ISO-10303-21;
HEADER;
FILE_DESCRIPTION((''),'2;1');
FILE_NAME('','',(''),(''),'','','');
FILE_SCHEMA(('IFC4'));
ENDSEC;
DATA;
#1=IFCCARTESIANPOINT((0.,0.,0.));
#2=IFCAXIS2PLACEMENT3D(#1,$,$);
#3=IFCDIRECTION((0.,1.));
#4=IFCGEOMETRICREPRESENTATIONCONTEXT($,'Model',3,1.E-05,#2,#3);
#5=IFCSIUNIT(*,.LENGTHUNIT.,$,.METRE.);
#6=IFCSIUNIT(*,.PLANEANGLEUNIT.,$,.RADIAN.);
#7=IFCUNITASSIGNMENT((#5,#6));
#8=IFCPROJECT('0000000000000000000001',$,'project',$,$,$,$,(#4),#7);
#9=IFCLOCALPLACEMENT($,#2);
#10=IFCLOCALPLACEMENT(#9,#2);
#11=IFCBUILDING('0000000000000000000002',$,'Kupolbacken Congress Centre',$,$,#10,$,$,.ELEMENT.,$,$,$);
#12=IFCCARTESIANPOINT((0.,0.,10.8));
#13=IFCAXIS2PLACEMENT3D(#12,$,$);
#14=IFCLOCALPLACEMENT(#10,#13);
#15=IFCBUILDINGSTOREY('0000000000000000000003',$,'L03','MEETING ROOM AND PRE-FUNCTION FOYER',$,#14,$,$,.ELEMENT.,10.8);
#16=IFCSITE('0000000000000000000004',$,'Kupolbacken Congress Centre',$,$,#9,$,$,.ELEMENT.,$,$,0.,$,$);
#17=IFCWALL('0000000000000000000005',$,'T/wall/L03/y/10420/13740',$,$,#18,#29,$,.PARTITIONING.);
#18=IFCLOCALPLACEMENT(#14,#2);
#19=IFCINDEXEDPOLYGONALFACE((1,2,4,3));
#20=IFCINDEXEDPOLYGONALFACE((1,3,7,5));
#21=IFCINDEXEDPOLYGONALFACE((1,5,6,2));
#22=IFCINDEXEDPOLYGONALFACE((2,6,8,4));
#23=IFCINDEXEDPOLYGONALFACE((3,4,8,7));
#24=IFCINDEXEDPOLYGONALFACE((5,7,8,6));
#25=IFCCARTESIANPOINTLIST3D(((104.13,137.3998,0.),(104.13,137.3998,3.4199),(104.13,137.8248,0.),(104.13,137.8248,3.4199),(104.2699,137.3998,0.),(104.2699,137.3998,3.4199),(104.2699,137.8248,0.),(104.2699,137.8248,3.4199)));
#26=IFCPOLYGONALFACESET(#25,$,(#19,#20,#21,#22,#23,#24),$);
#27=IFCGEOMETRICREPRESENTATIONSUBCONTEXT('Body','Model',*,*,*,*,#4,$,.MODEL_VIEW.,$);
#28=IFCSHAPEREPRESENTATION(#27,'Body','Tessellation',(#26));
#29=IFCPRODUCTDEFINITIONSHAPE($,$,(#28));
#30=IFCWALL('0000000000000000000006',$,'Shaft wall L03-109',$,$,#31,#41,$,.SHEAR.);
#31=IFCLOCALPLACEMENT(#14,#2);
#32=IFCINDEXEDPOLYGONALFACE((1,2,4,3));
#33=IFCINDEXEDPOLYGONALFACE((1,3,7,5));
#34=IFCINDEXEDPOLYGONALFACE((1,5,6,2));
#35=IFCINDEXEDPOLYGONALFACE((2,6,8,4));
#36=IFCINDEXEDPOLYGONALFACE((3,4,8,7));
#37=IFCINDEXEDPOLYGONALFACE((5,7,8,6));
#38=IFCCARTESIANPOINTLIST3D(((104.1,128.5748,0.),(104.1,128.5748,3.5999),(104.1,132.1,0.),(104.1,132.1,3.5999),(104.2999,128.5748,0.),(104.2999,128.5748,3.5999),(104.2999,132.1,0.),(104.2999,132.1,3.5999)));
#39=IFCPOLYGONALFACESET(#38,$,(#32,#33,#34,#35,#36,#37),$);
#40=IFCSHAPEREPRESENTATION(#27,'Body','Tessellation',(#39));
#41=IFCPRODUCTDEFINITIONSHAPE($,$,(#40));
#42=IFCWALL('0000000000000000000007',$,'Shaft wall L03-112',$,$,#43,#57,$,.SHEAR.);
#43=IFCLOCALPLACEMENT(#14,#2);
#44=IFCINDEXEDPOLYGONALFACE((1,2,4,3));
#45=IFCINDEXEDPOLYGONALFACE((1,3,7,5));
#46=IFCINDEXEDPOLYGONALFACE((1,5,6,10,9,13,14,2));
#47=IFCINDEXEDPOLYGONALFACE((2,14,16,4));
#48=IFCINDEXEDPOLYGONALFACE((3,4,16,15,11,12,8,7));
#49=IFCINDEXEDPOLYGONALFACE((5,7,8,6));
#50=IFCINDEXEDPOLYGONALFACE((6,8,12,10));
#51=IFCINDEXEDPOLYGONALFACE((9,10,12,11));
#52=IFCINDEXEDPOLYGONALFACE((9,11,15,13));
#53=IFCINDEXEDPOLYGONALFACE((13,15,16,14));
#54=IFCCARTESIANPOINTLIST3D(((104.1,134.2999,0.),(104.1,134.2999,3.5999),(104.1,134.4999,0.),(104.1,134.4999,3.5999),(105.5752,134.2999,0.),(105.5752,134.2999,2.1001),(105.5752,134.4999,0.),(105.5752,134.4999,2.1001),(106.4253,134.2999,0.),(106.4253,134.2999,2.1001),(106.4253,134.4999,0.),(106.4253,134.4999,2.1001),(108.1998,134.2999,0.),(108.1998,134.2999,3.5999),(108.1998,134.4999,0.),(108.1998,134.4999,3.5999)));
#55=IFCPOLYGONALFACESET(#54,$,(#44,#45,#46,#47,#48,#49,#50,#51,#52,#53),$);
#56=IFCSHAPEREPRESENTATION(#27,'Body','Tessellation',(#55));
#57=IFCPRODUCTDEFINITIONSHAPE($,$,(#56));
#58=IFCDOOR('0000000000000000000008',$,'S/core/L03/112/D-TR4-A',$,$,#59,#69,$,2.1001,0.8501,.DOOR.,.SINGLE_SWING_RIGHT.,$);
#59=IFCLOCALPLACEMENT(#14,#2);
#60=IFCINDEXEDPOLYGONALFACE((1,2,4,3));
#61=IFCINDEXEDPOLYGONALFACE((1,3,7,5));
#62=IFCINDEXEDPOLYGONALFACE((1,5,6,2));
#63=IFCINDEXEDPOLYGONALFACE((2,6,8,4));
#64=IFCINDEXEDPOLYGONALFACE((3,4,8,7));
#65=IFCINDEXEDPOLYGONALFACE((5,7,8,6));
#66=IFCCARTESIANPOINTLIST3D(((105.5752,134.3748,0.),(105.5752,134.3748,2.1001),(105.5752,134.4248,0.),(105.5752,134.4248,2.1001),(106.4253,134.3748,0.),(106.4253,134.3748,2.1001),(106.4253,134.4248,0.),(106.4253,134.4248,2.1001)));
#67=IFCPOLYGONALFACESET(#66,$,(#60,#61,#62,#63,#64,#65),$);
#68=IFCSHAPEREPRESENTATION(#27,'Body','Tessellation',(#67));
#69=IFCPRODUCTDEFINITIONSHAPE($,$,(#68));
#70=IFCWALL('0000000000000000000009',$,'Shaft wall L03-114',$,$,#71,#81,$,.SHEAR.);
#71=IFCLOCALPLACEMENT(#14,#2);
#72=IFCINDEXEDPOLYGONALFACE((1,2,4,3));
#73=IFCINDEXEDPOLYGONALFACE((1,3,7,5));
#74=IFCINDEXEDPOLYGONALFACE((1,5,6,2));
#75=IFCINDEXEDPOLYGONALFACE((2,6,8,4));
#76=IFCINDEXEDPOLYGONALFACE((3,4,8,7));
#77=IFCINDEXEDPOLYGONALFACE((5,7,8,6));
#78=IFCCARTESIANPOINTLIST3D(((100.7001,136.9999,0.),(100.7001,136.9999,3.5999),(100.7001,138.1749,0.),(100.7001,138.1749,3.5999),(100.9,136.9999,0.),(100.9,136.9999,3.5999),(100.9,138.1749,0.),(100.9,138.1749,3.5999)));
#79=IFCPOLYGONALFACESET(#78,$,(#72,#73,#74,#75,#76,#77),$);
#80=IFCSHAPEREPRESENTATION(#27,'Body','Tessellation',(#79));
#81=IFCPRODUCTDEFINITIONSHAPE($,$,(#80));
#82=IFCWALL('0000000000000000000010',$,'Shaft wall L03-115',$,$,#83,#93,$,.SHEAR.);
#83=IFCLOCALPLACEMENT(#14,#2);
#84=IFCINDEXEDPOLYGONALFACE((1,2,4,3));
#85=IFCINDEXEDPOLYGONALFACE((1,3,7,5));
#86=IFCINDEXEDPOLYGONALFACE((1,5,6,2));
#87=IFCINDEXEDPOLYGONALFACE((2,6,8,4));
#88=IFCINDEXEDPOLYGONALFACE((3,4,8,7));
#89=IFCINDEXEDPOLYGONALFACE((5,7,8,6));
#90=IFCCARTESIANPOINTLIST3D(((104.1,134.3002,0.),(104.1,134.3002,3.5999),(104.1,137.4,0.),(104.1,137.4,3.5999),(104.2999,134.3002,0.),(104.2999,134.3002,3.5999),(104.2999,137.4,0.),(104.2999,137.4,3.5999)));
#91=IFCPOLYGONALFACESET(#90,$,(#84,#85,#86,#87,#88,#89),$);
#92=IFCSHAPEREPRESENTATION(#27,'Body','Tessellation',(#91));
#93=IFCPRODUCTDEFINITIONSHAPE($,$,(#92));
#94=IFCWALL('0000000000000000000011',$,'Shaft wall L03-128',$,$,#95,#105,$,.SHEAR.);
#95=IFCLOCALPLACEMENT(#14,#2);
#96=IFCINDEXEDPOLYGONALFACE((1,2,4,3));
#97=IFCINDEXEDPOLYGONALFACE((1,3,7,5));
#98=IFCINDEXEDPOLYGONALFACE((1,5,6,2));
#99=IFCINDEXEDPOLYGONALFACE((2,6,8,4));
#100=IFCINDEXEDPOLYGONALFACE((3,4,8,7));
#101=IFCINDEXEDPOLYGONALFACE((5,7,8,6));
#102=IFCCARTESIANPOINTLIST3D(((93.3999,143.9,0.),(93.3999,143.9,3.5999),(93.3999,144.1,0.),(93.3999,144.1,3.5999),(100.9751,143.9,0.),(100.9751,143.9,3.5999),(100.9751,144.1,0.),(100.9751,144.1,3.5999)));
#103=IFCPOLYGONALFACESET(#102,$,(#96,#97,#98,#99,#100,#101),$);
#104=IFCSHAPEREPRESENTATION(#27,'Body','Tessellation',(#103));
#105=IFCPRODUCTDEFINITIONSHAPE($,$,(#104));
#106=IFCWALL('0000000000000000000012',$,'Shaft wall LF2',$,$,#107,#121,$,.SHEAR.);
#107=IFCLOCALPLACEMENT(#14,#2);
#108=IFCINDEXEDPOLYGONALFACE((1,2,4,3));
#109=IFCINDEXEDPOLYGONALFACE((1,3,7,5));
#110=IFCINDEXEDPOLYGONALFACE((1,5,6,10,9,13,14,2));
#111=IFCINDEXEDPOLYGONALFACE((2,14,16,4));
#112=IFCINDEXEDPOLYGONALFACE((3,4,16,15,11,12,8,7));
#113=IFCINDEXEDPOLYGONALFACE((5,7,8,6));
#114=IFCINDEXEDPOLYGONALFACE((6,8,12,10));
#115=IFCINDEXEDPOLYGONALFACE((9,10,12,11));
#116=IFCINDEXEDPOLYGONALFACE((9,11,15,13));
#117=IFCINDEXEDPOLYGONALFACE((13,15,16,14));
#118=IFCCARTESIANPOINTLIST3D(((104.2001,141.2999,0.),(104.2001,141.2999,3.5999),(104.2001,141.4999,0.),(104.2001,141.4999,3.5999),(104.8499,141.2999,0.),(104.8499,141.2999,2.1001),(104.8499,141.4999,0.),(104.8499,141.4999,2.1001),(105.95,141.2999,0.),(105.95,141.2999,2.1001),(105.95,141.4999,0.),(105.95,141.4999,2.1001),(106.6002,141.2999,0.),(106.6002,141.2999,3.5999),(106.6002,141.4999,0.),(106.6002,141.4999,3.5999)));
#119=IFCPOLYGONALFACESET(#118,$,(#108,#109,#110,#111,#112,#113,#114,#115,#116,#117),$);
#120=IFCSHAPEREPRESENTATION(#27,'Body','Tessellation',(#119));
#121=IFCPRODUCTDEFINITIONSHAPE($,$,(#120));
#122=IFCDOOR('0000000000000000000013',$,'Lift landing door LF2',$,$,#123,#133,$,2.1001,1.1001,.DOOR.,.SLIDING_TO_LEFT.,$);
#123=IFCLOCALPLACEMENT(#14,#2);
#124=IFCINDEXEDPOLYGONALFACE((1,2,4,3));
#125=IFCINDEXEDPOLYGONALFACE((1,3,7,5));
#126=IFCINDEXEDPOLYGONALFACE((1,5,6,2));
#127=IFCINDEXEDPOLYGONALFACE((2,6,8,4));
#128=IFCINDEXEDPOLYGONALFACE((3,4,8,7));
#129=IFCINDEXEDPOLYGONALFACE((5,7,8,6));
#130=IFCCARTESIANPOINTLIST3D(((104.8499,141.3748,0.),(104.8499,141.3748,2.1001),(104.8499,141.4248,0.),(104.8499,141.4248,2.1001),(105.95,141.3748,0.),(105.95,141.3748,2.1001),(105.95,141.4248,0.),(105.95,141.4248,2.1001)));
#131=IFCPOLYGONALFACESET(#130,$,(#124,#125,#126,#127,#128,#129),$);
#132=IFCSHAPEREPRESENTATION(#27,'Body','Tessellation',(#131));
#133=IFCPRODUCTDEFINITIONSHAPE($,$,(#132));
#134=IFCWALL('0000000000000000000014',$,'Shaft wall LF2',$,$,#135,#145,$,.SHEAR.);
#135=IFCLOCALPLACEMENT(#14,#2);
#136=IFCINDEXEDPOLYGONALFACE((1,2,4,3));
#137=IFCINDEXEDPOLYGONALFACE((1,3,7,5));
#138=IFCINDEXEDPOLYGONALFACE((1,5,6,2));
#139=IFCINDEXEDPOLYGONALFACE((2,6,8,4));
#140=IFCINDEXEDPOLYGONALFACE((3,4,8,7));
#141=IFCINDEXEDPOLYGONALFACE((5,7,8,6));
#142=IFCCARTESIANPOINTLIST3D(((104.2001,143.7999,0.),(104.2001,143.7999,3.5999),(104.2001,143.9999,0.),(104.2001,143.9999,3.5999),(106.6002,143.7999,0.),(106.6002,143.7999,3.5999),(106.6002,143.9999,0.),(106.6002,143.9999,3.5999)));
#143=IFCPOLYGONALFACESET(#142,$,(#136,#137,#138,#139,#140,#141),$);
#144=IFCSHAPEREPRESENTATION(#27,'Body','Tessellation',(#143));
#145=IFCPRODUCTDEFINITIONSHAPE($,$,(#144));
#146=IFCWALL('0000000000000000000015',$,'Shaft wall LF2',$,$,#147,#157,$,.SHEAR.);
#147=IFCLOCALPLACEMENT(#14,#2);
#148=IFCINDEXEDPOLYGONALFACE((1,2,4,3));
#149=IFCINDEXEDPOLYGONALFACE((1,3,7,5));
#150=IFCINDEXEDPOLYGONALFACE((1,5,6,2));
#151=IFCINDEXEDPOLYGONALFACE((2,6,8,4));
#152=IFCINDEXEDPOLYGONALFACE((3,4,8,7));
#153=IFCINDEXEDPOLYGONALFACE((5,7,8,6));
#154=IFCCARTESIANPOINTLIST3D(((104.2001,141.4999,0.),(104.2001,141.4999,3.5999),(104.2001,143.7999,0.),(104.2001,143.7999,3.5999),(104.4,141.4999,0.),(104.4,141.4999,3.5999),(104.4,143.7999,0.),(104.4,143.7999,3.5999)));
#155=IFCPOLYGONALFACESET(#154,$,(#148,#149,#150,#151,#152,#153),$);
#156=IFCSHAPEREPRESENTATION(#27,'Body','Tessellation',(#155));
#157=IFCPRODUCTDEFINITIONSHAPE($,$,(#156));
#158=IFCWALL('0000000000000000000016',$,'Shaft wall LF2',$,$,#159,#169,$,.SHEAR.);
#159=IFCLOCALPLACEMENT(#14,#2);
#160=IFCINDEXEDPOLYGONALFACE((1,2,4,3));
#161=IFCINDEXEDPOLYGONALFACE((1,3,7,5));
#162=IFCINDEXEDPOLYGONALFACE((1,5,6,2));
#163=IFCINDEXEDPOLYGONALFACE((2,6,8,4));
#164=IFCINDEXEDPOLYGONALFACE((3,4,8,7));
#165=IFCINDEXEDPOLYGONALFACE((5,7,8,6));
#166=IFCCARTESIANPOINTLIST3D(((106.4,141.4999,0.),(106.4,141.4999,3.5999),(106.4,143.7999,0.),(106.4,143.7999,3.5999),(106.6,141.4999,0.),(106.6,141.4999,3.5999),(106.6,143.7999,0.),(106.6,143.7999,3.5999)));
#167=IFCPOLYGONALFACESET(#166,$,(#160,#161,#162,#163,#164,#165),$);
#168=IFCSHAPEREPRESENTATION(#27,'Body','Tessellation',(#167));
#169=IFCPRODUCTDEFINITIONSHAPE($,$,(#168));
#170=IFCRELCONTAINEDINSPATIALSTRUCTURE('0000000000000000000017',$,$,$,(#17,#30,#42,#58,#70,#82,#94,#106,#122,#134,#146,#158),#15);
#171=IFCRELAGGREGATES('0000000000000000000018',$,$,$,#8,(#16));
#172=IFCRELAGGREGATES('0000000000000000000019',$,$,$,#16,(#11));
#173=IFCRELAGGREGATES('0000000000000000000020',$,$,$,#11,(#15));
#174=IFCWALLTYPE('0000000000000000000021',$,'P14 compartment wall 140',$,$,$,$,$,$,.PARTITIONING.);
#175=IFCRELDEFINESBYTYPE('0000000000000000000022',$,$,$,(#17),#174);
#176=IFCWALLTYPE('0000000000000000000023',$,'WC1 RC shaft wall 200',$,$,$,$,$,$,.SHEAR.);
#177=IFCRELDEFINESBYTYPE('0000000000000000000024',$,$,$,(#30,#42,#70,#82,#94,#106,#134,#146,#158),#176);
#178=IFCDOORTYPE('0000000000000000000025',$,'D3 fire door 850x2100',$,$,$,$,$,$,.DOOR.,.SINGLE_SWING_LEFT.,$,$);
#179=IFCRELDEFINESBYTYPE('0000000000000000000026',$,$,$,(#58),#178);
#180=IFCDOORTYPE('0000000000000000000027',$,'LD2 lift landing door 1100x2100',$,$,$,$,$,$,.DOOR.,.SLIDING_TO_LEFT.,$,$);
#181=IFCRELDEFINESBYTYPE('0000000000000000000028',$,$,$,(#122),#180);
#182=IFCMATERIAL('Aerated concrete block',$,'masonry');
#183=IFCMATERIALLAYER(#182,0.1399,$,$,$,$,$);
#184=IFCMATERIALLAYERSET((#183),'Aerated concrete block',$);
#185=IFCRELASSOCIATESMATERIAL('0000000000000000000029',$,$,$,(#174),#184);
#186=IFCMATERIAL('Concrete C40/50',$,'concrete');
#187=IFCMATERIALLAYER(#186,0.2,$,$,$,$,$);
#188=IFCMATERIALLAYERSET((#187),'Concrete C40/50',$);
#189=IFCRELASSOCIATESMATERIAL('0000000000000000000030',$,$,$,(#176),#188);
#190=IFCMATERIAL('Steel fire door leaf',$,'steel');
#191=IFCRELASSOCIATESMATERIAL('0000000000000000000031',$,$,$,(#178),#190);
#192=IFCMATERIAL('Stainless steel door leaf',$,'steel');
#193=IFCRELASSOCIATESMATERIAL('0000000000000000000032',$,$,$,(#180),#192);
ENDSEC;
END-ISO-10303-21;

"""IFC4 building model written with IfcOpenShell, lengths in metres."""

from ifc_helpers import new_model, si_unit, direction, frame, frame_2d, origin, place, context, subcontext, project, spatial, rectangle, extrude, material, layer, layer_set, type_object, element, fill, save


model = new_model("IFC4")

# Units and contexts
model_context = context("Model", 3, precision=1e-05, world=origin(), true_north=direction((0.0, 1.0)))
body_context = subcontext(model_context, "Body", "Model", "MODEL_VIEW")
ifc_project = project(units=[si_unit("LENGTHUNIT", "METRE"), si_unit("PLANEANGLEUNIT", "RADIAN")], contexts=[model_context])

# Site, building, storey
site_placement = place(None, origin())
site = spatial("IfcSite", under=ifc_project, at=site_placement, Name="Kupolbacken Congress Centre", CompositionType="ELEMENT", RefElevation=0.0)
building_placement = place(site_placement, origin())
building = spatial("IfcBuilding", under=site, at=building_placement, Name="Kupolbacken Congress Centre", CompositionType="ELEMENT")
storey_placement = place(building_placement, frame((0.0, 0.0, 10.8)))
storey = spatial("IfcBuildingStorey", under=building, at=storey_placement, Name="L03", Description="MEETING ROOM AND PRE-FUNCTION FOYER", CompositionType="ELEMENT", Elevation=10.8)

# Walls
ifc_material_1 = material(Name="Aerated concrete block", Category="masonry")
ifc_layer_1 = layer(ifc_material_1, 0.1399)
ifc_layer_set_1 = layer_set([ifc_layer_1], Name="Aerated concrete block")
wall_type_1 = type_object("IfcWallType", Name="P14 compartment wall 140", PredefinedType="PARTITIONING", material=ifc_layer_set_1)
wall_1_placement = place(storey_placement, frame((104.2, 137.3999, 0.0), z_axis=(0.0, 0.0, 1.0), x_axis=(0.0, 1.0, 0.0)))
element("IfcWall", 1, at=wall_1_placement, inside=storey, type_object=wall_type_1, Name="T/wall/L03/y/10420/13740", PredefinedType="PARTITIONING", context=body_context, shape_type="SweptSolid", body=[
    extrude(rectangle(XDim=0.425, YDim=0.1399, at=frame_2d((0.2124, 0.0))), origin(), (0.0, 0.0, 1.0), 3.4199),
])
ifc_material_2 = material(Name="Concrete C40/50", Category="concrete")
ifc_layer_2 = layer(ifc_material_2, 0.2)
ifc_layer_set_2 = layer_set([ifc_layer_2], Name="Concrete C40/50")
wall_type_2 = type_object("IfcWallType", Name="WC1 RC shaft wall 200", PredefinedType="SHEAR", material=ifc_layer_set_2)
wall_2_placement = place(storey_placement, frame((104.2, 132.1001, 0.0), z_axis=(0.0, 0.0, 1.0), x_axis=(0.0, -1.0, 0.0)))
element("IfcWall", 2, at=wall_2_placement, inside=storey, type_object=wall_type_2, Name="Shaft wall L03-109", PredefinedType="SHEAR", context=body_context, shape_type="SweptSolid", body=[
    extrude(rectangle(XDim=3.5251, YDim=0.2, at=frame_2d((1.7627, 0.0))), origin(), (0.0, 0.0, 1.0), 3.5999),
])

# Wall, opening, door
wall_3_placement = place(storey_placement, frame((104.1001, 134.3999, 0.0), z_axis=(0.0, 0.0, 1.0), x_axis=(1.0, 0.0, 0.0)))
wall_3 = element("IfcWall", 3, at=wall_3_placement, inside=storey, type_object=wall_type_2, Name="Shaft wall L03-112", PredefinedType="SHEAR", context=body_context, shape_type="SweptSolid", body=[
    extrude(rectangle(XDim=4.0999, YDim=0.2, at=frame_2d((2.0498, 0.0))), origin(), (0.0, 0.0, 1.0), 3.5999),
])
opening_1_placement = place(wall_3_placement, frame((1.4751, 0.0, 0.0)))
opening_1 = element("IfcOpeningElement", 4, at=opening_1_placement, cuts=wall_3, PredefinedType="OPENING", context=body_context, shape_type="SweptSolid", body=[
    extrude(rectangle(XDim=0.8501, YDim=2.1001, at=frame_2d((0.425, 1.05))), frame((0.0, 0.1099, 0.0), z_axis=(0.0, -1.0, 0.0), x_axis=(1.0, 0.0, 0.0)), (0.0, 0.0, 1.0), 0.22),
])
ifc_material_3 = material(Name="Steel fire door leaf", Category="steel")
door_type_1 = type_object("IfcDoorType", Name="D3 fire door 850x2100", OperationType="SINGLE_SWING_LEFT", PredefinedType="DOOR", material=ifc_material_3)
door_1_placement = place(opening_1_placement, origin())
door_1 = element("IfcDoor", 5, at=door_1_placement, inside=storey, type_object=door_type_1, Name="S/core/L03/112/D-TR4-A", OperationType="SINGLE_SWING_RIGHT", OverallHeight=2.1001, OverallWidth=0.8501, PredefinedType="DOOR", context=body_context, shape_type="SweptSolid", body=[
    extrude(rectangle(XDim=0.8501, YDim=2.1001, at=frame_2d((0.425, 1.05))), frame((0.0, 0.0249, 0.0), z_axis=(0.0, -1.0, 0.0), x_axis=(1.0, 0.0, 0.0)), (0.0, 0.0, 1.0), 0.05),
])
fill(opening_1, door_1)

# Walls
wall_4_placement = place(storey_placement, frame((100.8, 137.0, 0.0), z_axis=(0.0, 0.0, 1.0), x_axis=(0.0, 1.0, 0.0)))
element("IfcWall", 6, at=wall_4_placement, inside=storey, type_object=wall_type_2, Name="Shaft wall L03-114", PredefinedType="SHEAR", context=body_context, shape_type="SweptSolid", body=[
    extrude(rectangle(XDim=1.175, YDim=0.2, at=frame_2d((0.5874, 0.0))), origin(), (0.0, 0.0, 1.0), 3.5999),
])
wall_5_placement = place(storey_placement, frame((104.2, 137.3999, 0.0), z_axis=(0.0, 0.0, 1.0), x_axis=(0.0, -1.0, 0.0)))
element("IfcWall", 7, at=wall_5_placement, inside=storey, type_object=wall_type_2, Name="Shaft wall L03-115", PredefinedType="SHEAR", context=body_context, shape_type="SweptSolid", body=[
    extrude(rectangle(XDim=3.0999, YDim=0.2, at=frame_2d((1.5498, 0.0))), origin(), (0.0, 0.0, 1.0), 3.5999),
])
wall_6_placement = place(storey_placement, frame((100.9751, 144.0, 0.0), z_axis=(0.0, 0.0, 1.0), x_axis=(-1.0, 0.0, 0.0)))
element("IfcWall", 8, at=wall_6_placement, inside=storey, type_object=wall_type_2, Name="Shaft wall L03-128", PredefinedType="SHEAR", context=body_context, shape_type="SweptSolid", body=[
    extrude(rectangle(XDim=7.5752, YDim=0.2, at=frame_2d((3.7876, 0.0))), origin(), (0.0, 0.0, 1.0), 3.5999),
])

# Wall, opening, door
wall_7_placement = place(storey_placement, frame((104.2, 141.3999, 0.0), z_axis=(0.0, 0.0, 1.0), x_axis=(1.0, 0.0, 0.0)))
wall_7 = element("IfcWall", 9, at=wall_7_placement, inside=storey, type_object=wall_type_2, Name="Shaft wall LF2", PredefinedType="SHEAR", context=body_context, shape_type="SweptSolid", body=[
    extrude(rectangle(XDim=2.4001, YDim=0.2, at=frame_2d((1.2002, 0.0))), origin(), (0.0, 0.0, 1.0), 3.5999),
])
opening_2_placement = place(wall_7_placement, frame((0.6499, 0.0, 0.0)))
opening_2 = element("IfcOpeningElement", 10, at=opening_2_placement, cuts=wall_7, PredefinedType="OPENING", context=body_context, shape_type="SweptSolid", body=[
    extrude(rectangle(XDim=1.1001, YDim=2.1001, at=frame_2d((0.55, 1.05))), frame((0.0, 0.1099, 0.0), z_axis=(0.0, -1.0, 0.0), x_axis=(1.0, 0.0, 0.0)), (0.0, 0.0, 1.0), 0.22),
])
ifc_material_4 = material(Name="Stainless steel door leaf", Category="steel")
door_type_2 = type_object("IfcDoorType", Name="LD2 lift landing door 1100x2100", OperationType="SLIDING_TO_LEFT", PredefinedType="DOOR", material=ifc_material_4)
door_2_placement = place(opening_2_placement, origin())
door_2 = element("IfcDoor", 11, at=door_2_placement, inside=storey, type_object=door_type_2, Name="Lift landing door LF2", OperationType="SLIDING_TO_LEFT", OverallHeight=2.1001, OverallWidth=1.1001, PredefinedType="DOOR", context=body_context, shape_type="SweptSolid", body=[
    extrude(rectangle(XDim=1.1001, YDim=2.1001, at=frame_2d((0.55, 1.05))), frame((0.0, 0.0249, 0.0), z_axis=(0.0, -1.0, 0.0), x_axis=(1.0, 0.0, 0.0)), (0.0, 0.0, 1.0), 0.05),
])
fill(opening_2, door_2)

# Walls
wall_8_placement = place(storey_placement, frame((104.2, 143.8999, 0.0), z_axis=(0.0, 0.0, 1.0), x_axis=(1.0, 0.0, 0.0)))
element("IfcWall", 12, at=wall_8_placement, inside=storey, type_object=wall_type_2, Name="Shaft wall LF2", PredefinedType="SHEAR", context=body_context, shape_type="SweptSolid", body=[
    extrude(rectangle(XDim=2.4001, YDim=0.2, at=frame_2d((1.2002, 0.0))), origin(), (0.0, 0.0, 1.0), 3.5999),
])
for number, where, z_axis, x_axis, name in (
    (13, (104.3, 141.5, 0.0), (0.0, 0.0, 1.0), (0.0, 1.0, 0.0), "Shaft wall LF2"),
    (14, (106.5, 141.5, 0.0), (0.0, 0.0, 1.0), (0.0, 1.0, 0.0), "Shaft wall LF2"),
):
    element("IfcWall", number, at=place(storey_placement, frame(where, z_axis=z_axis, x_axis=x_axis)), inside=storey, type_object=wall_type_2, Name=name, PredefinedType="SHEAR", context=body_context, shape_type="SweptSolid", body=[
        extrude(rectangle(XDim=2.3, YDim=0.2, at=frame_2d((1.1499, 0.0))), origin(), (0.0, 0.0, 1.0), 3.5999),
    ])

save(model, "model.ifc")
